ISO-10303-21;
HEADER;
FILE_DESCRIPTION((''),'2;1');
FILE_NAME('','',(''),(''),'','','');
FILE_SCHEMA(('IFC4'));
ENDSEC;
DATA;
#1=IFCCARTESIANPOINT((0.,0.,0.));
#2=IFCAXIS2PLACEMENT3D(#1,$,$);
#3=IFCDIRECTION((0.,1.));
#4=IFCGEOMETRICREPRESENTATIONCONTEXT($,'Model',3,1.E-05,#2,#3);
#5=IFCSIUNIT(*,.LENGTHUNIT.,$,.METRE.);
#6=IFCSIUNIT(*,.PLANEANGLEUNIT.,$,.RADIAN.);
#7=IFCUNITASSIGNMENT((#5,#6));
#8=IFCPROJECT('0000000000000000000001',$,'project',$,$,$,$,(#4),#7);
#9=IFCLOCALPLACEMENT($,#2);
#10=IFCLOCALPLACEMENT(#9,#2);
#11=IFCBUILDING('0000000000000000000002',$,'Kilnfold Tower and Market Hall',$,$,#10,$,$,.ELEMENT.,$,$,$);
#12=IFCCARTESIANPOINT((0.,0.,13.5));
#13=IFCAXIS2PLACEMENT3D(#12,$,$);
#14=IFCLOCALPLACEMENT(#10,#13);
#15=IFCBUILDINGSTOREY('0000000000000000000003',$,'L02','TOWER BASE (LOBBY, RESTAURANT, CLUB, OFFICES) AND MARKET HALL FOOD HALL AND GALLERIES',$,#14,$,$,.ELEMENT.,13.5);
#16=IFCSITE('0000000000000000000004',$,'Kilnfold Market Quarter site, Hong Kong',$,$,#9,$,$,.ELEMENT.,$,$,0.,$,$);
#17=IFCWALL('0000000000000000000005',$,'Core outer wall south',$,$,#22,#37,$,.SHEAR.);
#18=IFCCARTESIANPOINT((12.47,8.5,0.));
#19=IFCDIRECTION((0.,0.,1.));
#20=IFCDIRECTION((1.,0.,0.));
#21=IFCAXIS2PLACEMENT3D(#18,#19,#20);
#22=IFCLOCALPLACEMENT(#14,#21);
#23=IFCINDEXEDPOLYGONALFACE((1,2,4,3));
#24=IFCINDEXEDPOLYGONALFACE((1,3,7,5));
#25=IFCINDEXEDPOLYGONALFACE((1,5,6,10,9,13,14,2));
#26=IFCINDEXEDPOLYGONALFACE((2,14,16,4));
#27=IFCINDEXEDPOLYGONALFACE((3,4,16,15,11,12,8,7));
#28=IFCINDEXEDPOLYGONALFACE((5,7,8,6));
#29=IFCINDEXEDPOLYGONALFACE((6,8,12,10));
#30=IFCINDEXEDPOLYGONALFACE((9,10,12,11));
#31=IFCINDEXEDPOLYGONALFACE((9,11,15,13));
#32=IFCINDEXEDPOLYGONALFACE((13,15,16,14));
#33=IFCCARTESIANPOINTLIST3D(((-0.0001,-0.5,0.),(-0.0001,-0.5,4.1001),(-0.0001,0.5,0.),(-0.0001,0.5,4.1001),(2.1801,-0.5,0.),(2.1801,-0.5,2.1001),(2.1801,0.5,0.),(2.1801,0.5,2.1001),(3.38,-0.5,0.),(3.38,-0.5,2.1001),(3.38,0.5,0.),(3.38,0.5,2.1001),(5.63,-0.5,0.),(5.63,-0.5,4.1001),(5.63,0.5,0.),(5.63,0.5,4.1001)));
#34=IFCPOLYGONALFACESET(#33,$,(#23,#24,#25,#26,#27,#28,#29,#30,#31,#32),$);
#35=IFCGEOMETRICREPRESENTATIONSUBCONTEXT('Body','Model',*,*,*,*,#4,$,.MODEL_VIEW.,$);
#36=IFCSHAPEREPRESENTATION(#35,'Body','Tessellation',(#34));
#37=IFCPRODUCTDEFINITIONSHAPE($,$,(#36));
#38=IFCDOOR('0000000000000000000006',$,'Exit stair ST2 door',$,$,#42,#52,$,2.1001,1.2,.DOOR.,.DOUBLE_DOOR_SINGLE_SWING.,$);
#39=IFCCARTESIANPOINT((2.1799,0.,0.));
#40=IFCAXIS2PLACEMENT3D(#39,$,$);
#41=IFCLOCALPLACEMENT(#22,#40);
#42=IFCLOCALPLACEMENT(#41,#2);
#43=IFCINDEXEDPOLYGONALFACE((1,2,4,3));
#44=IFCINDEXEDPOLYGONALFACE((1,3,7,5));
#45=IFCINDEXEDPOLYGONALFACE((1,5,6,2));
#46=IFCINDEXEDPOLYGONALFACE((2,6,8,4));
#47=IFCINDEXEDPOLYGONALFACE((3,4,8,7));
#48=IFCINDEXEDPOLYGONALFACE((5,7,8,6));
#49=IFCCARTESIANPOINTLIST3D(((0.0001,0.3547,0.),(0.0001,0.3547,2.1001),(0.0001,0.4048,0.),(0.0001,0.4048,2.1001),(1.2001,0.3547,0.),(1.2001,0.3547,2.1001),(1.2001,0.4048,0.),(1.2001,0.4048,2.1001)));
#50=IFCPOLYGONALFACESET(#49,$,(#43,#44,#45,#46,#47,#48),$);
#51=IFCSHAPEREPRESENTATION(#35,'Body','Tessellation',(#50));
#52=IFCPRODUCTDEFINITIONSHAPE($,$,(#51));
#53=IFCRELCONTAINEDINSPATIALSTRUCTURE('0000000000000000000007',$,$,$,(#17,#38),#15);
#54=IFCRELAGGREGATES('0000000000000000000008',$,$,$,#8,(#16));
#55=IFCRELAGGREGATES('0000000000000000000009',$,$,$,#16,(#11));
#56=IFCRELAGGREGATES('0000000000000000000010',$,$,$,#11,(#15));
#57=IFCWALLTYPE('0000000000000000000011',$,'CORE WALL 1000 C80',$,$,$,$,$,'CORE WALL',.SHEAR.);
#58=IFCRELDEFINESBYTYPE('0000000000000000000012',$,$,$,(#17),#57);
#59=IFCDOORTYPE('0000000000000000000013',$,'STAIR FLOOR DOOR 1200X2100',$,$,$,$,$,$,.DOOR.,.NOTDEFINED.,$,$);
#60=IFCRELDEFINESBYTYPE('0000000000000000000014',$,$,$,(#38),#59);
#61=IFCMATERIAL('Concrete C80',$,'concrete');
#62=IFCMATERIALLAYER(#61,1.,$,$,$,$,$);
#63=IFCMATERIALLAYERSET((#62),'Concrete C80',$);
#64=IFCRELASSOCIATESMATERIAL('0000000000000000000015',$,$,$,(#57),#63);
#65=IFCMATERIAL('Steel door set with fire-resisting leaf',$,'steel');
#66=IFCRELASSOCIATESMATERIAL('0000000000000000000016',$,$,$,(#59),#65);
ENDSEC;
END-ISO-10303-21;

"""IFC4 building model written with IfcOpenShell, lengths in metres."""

from ifc_helpers import new_model, si_unit, direction, frame, frame_2d, origin, place, context, subcontext, project, spatial, rectangle, extrude, source, transform, mapped, material, layer, layer_set, type_object, element, fill, save


model = new_model("IFC4")

# Units and contexts
model_context = context("Model", 3, precision=1e-05, world=origin(), true_north=direction((0.0, 1.0)))
body_context = subcontext(model_context, "Body", "Model", "MODEL_VIEW")
ifc_project = project(units=[si_unit("LENGTHUNIT", "METRE"), si_unit("PLANEANGLEUNIT", "RADIAN")], contexts=[model_context])

# Site, building, storey
site_placement = place(None, origin())
site = spatial("IfcSite", under=ifc_project, at=site_placement, Name="Kilnfold Market Quarter site, Hong Kong", CompositionType="ELEMENT", RefElevation=0.0)
building_placement = place(site_placement, origin())
building = spatial("IfcBuilding", under=site, at=building_placement, Name="Kilnfold Tower and Market Hall", CompositionType="ELEMENT")
storey_placement = place(building_placement, frame((0.0, 0.0, 13.5)))
storey = spatial("IfcBuildingStorey", under=building, at=storey_placement, Name="L02", Description="TOWER BASE (LOBBY, RESTAURANT, CLUB, OFFICES) AND MARKET HALL FOOD HALL AND GALLERIES", CompositionType="ELEMENT", Elevation=13.5)

# Shared definitions
ifc_material_1 = material(Name="Concrete C80", Category="concrete")
ifc_layer_1 = layer(ifc_material_1, 1.0)
ifc_layer_set_1 = layer_set([ifc_layer_1], Name="Concrete C80")
wall_type_1 = type_object("IfcWallType", Name="CORE WALL 1000 C80", ElementType="CORE WALL", PredefinedType="SHEAR", material=ifc_layer_set_1)

# Wall, opening, door
shared_shape_1 = source(origin(), body_context, "Body", "SweptSolid", [
    extrude(rectangle(XDim=5.6301, YDim=1.0, at=frame_2d((2.8149, 0.0))), origin(), (0.0, 0.0, 1.0), 4.1001),
])
wall_1_placement = place(storey_placement, frame((12.47, 8.5, 0.0), z_axis=(0.0, 0.0, 1.0), x_axis=(1.0, 0.0, 0.0)))
wall_1 = element("IfcWall", 1, at=wall_1_placement, inside=storey, type_object=wall_type_1, Name="Core outer wall south", PredefinedType="SHEAR", context=body_context, shape_type="MappedRepresentation", body=[
    mapped(shared_shape_1, transform((0.0, 0.0, 0.0))),
])
opening_1_placement = place(wall_1_placement, frame((2.1799, 0.0, 0.0)))
opening_1 = element("IfcOpeningElement", 2, at=opening_1_placement, cuts=wall_1, PredefinedType="OPENING", context=body_context, shape_type="SweptSolid", body=[
    extrude(rectangle(XDim=1.2, YDim=2.1001, at=frame_2d((0.6001, 1.05))), frame((0.0, 0.51, 0.0), z_axis=(0.0, -1.0, 0.0), x_axis=(1.0, 0.0, 0.0)), (0.0, 0.0, 1.0), 1.02),
])
ifc_material_2 = material(Name="Steel door set with fire-resisting leaf", Category="steel")
door_type_1 = type_object("IfcDoorType", Name="STAIR FLOOR DOOR 1200X2100", OperationType="NOTDEFINED", PredefinedType="DOOR", material=ifc_material_2)
door_1_placement = place(opening_1_placement, origin())
door_1 = element("IfcDoor", 3, at=door_1_placement, inside=storey, type_object=door_type_1, Name="Exit stair ST2 door", OperationType="DOUBLE_DOOR_SINGLE_SWING", OverallHeight=2.1001, OverallWidth=1.2, PredefinedType="DOOR", context=body_context, shape_type="SweptSolid", body=[
    extrude(rectangle(XDim=1.2, YDim=2.1001, at=frame_2d((0.6001, 1.05))), frame((0.0, 0.4048, 0.0), z_axis=(0.0, -1.0, 0.0), x_axis=(1.0, 0.0, 0.0)), (0.0, 0.0, 1.0), 0.05),
])
fill(opening_1, door_1)

save(model, "model.ifc")
